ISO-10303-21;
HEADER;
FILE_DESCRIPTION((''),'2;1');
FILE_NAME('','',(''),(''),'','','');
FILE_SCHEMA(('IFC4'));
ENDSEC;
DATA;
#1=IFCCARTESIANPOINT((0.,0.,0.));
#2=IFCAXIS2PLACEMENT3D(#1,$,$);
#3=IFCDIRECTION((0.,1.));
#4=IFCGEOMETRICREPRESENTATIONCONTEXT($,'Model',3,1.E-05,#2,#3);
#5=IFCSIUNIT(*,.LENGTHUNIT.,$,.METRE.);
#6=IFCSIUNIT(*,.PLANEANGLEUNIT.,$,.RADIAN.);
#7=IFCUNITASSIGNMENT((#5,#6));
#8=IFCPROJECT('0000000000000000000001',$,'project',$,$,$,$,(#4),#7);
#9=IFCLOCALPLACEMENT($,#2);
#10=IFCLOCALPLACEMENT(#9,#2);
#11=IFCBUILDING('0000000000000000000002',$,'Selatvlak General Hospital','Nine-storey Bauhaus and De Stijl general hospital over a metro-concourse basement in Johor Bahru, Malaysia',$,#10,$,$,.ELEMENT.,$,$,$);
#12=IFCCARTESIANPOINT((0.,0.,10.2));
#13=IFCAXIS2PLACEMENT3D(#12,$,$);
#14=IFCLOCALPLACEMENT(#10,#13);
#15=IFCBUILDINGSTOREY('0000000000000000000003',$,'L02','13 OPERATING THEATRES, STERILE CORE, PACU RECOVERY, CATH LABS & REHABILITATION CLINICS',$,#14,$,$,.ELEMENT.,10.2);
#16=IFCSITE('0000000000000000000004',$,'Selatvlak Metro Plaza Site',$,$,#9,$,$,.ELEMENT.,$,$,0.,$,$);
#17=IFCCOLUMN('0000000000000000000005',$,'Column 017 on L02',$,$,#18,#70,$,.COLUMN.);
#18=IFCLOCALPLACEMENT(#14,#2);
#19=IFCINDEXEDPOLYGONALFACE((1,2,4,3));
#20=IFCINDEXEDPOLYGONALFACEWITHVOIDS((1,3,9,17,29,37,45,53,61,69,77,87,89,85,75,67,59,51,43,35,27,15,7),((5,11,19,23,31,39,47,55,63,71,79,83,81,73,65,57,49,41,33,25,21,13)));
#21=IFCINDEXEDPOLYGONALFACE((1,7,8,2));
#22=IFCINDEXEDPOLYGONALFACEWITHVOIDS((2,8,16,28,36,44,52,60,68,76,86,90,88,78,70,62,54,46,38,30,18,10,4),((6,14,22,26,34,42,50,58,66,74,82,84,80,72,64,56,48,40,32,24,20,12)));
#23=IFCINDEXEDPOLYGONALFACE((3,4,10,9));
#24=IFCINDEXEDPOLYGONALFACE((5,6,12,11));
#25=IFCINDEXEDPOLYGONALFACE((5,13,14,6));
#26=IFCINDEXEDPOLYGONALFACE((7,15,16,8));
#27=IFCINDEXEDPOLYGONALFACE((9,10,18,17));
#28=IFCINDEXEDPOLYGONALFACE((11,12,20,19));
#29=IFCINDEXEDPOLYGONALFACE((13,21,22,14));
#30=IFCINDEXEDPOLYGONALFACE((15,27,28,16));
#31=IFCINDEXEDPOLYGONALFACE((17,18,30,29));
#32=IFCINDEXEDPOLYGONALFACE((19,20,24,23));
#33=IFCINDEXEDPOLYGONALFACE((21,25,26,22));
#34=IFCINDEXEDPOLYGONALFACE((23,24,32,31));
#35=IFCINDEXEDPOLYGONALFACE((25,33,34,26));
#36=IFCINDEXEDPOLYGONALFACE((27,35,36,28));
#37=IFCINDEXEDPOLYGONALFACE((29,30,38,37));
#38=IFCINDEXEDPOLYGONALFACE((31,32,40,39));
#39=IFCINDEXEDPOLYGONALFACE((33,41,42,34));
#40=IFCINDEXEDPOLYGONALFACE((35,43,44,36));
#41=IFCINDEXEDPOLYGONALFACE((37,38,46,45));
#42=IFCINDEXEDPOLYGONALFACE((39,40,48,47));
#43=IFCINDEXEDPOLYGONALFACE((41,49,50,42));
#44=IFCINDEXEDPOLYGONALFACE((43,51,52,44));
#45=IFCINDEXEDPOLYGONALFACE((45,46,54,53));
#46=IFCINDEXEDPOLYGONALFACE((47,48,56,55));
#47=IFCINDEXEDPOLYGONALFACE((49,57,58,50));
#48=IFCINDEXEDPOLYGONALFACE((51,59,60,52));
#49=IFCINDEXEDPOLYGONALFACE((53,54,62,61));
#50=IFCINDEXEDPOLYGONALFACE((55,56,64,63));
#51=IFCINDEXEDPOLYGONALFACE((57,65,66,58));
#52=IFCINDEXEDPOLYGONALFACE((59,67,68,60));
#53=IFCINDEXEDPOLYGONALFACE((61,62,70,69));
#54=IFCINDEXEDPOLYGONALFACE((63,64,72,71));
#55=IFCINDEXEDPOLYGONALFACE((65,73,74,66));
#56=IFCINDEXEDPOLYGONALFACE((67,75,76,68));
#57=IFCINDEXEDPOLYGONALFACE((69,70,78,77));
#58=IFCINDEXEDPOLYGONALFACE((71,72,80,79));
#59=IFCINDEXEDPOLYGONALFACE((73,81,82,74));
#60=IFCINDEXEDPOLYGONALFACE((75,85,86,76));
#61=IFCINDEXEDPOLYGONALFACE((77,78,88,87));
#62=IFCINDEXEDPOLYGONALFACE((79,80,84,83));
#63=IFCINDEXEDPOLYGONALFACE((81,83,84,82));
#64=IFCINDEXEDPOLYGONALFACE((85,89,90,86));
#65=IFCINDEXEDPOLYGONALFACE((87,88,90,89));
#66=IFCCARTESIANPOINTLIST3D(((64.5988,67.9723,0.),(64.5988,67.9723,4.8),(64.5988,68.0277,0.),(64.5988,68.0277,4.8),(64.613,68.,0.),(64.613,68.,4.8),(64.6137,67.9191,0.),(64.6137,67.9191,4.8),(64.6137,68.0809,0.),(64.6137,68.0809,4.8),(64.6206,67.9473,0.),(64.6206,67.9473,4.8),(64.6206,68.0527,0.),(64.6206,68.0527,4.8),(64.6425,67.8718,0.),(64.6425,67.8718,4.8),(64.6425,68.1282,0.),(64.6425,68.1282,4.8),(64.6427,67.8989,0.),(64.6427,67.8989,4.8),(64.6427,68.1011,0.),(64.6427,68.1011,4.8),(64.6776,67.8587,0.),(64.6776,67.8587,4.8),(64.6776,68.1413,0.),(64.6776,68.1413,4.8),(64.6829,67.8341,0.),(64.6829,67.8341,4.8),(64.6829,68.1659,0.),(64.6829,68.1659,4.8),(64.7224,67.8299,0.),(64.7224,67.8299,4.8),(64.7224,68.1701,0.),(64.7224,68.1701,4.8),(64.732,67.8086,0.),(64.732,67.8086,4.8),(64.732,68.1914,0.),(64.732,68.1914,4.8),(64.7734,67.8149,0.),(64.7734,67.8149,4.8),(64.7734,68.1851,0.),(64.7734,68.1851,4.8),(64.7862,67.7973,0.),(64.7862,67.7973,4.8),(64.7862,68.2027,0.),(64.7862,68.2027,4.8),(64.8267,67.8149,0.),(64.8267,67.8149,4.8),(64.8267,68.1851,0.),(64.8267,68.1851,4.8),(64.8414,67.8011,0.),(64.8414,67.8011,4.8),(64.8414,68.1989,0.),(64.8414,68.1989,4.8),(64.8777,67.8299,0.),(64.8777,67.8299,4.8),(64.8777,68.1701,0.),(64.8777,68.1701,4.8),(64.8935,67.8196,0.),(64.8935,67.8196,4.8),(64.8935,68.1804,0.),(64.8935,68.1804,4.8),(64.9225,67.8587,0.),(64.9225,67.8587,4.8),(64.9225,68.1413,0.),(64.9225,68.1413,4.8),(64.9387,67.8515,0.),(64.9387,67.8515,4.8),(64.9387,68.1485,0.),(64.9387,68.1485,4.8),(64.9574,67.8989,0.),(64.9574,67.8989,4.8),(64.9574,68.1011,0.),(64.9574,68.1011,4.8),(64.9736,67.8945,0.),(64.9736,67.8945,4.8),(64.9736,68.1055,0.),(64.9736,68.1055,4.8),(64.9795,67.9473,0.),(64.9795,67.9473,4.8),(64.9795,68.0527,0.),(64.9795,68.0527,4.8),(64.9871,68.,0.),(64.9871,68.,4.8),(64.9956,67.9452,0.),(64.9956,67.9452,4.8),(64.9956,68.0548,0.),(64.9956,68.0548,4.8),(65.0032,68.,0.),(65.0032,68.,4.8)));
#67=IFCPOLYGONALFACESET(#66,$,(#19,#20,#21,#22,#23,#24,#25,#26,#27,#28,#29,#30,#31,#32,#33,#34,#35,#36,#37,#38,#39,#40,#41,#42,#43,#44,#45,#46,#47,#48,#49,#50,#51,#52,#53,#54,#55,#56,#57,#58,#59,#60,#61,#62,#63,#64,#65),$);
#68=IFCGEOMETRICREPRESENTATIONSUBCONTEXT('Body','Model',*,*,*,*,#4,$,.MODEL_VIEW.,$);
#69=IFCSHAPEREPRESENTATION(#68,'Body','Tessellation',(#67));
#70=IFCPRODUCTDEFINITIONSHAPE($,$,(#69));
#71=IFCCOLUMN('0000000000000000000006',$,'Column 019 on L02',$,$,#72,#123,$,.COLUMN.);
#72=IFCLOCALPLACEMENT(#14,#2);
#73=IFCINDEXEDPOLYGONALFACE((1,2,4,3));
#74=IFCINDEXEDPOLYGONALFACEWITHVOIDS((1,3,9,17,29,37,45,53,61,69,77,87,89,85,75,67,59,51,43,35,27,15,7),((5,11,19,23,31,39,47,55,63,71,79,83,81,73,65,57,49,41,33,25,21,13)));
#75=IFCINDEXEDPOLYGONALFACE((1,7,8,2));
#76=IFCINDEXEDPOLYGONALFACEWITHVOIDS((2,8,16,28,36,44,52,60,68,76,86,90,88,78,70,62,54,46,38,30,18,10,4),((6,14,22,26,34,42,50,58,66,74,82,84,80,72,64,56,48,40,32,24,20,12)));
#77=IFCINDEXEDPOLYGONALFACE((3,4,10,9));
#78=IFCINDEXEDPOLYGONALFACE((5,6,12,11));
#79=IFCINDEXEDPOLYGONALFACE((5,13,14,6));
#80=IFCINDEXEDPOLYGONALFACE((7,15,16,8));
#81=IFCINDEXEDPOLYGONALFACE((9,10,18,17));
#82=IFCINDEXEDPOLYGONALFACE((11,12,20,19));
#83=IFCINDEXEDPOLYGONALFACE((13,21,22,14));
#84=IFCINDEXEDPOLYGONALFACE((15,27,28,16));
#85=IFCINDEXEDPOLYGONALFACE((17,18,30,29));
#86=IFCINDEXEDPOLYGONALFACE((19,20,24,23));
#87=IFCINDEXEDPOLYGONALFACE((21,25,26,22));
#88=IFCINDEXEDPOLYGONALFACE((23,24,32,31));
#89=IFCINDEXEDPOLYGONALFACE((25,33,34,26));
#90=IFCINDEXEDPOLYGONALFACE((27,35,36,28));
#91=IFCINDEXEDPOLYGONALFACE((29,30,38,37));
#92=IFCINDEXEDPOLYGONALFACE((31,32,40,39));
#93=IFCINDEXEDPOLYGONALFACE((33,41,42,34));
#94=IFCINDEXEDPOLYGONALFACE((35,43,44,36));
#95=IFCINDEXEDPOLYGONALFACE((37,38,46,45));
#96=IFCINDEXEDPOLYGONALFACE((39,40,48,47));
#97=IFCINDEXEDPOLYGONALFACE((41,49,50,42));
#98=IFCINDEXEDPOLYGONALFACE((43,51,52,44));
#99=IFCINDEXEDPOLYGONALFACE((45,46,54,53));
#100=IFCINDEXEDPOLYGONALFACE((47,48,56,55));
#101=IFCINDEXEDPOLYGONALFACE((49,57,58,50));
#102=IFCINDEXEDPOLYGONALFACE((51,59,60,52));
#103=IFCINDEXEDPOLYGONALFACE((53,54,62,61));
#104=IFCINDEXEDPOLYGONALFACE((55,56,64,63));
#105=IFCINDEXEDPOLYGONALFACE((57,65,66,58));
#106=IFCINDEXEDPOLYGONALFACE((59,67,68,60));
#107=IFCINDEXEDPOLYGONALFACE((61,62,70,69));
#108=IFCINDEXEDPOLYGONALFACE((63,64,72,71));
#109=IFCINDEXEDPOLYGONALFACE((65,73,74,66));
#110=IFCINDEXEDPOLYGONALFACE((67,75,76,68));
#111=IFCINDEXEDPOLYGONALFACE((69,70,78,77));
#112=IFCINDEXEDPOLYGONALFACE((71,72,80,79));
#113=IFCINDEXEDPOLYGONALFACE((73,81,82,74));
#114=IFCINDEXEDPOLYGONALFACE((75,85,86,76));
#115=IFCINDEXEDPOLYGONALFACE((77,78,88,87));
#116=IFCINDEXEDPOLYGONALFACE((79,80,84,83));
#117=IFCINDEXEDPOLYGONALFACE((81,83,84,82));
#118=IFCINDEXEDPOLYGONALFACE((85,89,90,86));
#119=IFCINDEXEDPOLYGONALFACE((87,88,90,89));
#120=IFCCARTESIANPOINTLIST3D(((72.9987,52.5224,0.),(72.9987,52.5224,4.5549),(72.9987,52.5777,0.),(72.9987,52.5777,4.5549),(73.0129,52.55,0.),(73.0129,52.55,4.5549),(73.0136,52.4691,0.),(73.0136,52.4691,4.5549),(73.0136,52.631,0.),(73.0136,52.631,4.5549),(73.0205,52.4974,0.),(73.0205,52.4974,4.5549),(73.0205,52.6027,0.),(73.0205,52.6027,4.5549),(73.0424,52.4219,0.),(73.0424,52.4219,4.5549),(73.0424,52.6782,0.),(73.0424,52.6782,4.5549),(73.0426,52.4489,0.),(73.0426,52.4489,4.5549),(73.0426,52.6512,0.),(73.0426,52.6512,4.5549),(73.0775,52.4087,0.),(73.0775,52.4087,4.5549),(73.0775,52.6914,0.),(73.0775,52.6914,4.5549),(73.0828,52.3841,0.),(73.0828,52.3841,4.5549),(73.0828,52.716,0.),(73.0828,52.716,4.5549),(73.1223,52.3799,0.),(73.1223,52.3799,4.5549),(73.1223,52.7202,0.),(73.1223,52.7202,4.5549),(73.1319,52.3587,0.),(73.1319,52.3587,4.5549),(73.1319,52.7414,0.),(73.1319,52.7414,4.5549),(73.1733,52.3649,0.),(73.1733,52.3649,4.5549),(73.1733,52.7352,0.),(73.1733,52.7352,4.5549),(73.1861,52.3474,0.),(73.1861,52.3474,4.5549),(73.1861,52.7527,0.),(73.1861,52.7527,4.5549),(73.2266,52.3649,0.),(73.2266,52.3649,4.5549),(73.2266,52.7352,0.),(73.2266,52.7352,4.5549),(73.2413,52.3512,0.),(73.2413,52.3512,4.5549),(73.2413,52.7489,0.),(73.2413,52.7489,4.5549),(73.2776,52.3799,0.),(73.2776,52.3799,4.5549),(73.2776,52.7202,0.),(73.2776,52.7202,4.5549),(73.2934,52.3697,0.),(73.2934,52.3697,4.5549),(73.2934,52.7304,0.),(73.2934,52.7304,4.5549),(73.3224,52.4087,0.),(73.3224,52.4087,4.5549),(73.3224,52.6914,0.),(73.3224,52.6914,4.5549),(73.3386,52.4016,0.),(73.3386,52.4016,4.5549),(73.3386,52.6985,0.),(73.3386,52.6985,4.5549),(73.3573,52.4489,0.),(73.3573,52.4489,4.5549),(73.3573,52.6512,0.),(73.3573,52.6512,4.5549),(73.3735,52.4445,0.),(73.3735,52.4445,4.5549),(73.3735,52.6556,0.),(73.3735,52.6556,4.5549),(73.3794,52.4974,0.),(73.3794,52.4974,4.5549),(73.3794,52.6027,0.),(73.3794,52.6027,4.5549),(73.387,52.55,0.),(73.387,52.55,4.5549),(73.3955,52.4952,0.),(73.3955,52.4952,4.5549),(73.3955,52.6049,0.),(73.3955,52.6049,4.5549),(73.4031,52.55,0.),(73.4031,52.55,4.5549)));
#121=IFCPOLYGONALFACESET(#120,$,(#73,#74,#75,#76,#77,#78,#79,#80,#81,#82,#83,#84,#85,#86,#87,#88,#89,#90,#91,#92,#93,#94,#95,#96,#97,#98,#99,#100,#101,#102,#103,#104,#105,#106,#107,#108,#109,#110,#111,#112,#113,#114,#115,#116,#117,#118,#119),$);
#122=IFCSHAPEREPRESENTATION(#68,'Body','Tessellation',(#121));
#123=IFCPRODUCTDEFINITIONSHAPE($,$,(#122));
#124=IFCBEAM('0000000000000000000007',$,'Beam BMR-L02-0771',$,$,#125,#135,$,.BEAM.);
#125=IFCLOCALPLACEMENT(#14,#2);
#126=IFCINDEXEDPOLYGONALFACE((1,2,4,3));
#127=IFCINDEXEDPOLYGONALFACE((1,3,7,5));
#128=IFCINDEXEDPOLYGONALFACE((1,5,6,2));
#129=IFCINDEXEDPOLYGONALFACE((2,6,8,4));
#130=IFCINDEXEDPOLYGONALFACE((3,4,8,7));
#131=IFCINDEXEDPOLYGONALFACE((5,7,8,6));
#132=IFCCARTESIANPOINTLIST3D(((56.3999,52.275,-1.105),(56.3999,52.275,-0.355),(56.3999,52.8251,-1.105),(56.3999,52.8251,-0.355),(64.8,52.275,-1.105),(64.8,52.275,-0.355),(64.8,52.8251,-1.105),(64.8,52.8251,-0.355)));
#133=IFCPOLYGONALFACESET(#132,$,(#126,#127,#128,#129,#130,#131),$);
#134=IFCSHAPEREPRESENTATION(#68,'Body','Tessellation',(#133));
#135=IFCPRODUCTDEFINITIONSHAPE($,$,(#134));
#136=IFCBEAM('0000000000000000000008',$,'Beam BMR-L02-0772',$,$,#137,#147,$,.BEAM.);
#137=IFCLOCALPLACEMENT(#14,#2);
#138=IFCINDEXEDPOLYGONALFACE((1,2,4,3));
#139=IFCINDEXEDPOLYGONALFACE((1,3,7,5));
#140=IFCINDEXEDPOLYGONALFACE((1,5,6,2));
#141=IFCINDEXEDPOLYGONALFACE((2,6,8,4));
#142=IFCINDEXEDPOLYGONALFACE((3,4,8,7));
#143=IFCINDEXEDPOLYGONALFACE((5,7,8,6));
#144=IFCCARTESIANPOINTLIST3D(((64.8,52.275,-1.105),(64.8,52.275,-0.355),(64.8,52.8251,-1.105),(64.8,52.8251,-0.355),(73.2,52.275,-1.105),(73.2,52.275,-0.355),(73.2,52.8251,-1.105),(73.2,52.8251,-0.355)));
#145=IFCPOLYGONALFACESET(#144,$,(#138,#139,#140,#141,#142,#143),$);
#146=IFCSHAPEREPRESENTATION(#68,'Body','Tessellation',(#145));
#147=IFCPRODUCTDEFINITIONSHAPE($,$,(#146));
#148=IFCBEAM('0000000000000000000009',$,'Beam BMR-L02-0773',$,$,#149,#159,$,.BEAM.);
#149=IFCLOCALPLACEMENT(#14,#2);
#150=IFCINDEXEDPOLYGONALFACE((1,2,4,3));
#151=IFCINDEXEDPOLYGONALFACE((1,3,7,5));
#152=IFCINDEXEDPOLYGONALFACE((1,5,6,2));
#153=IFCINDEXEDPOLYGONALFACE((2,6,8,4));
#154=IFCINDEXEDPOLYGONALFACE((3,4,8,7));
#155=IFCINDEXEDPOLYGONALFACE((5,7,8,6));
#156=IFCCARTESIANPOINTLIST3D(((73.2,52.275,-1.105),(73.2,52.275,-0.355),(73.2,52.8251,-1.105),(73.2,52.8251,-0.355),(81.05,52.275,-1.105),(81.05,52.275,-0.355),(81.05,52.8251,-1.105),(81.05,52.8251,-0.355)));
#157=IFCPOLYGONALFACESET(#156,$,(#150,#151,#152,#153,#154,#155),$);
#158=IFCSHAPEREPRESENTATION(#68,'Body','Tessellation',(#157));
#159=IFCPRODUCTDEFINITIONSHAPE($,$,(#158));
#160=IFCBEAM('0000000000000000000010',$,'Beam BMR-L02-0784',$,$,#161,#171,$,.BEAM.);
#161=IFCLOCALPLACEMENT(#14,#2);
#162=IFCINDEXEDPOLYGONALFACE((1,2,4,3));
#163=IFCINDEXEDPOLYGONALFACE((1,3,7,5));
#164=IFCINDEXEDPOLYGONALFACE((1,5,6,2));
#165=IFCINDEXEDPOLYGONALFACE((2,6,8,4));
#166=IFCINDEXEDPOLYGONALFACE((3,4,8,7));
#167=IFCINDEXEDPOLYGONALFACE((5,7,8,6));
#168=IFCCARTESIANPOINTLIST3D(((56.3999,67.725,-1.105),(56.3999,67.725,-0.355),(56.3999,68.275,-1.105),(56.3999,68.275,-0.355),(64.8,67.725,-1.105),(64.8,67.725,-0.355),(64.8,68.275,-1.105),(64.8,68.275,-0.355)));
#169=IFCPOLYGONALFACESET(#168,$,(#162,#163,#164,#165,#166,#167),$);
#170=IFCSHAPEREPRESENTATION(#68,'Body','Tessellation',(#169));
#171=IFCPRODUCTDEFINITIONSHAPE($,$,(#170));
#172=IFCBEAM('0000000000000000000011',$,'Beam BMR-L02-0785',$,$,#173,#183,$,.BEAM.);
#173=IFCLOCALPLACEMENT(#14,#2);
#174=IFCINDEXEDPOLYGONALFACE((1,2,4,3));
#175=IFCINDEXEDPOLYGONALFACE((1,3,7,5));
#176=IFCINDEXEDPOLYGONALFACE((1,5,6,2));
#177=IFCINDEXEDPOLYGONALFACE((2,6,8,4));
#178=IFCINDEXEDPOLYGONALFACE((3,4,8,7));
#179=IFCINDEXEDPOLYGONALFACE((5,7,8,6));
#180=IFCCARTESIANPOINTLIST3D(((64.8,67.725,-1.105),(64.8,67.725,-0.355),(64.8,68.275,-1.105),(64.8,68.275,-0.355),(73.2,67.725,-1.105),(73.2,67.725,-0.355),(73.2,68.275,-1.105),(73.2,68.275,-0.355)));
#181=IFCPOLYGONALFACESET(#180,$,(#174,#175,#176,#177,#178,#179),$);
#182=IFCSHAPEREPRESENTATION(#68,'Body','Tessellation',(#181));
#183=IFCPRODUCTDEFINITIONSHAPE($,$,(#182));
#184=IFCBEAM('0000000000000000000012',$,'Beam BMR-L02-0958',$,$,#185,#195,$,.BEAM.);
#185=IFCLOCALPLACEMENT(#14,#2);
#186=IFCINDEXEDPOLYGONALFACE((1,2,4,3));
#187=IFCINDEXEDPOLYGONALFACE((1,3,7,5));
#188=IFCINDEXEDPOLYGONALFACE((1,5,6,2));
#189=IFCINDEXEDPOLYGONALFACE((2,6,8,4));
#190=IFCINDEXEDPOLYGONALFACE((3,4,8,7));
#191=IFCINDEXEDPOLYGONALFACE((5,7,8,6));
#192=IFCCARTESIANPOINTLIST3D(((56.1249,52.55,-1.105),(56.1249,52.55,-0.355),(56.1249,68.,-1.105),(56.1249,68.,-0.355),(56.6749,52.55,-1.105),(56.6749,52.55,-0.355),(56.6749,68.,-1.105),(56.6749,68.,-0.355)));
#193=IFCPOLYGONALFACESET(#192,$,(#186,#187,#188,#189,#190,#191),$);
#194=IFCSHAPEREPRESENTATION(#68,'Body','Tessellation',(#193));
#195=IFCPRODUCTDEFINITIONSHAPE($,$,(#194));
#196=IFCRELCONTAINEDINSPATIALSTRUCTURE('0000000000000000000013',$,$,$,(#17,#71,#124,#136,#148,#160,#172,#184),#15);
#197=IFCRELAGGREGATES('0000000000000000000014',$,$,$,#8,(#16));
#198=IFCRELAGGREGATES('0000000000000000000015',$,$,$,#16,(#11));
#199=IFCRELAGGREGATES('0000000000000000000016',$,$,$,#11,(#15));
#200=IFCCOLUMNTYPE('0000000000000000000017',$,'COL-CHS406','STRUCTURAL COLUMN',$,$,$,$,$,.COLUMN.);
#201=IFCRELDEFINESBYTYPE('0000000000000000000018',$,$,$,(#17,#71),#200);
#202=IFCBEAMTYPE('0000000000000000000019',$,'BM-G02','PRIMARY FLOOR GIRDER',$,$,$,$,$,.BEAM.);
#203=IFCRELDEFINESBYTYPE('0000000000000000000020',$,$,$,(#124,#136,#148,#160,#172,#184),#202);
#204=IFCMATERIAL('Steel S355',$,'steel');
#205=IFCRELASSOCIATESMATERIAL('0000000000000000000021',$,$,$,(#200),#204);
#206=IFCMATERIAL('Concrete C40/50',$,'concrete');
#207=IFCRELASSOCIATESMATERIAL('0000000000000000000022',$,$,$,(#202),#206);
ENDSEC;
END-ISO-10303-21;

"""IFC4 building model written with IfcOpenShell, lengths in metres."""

from ifc_helpers import new_model, si_unit, direction, frame, origin, origin_2d, place, context, subcontext, project, spatial, rectangle, hollow_circle, extrude, material, material_profile, profile_set, type_object, element, save


model = new_model("IFC4")

# Units and contexts
model_context = context("Model", 3, precision=1e-05, world=origin(), true_north=direction((0.0, 1.0)))
body_context = subcontext(model_context, "Body", "Model", "MODEL_VIEW")
ifc_project = project(units=[si_unit("LENGTHUNIT", "METRE"), si_unit("PLANEANGLEUNIT", "RADIAN")], contexts=[model_context])

# Site, building, storey
site_placement = place(None, origin())
site = spatial("IfcSite", under=ifc_project, at=site_placement, Name="Selatvlak Metro Plaza Site", CompositionType="ELEMENT", RefElevation=0.0)
building_placement = place(site_placement, origin())
building = spatial("IfcBuilding", under=site, at=building_placement, Name="Selatvlak General Hospital", Description="Nine-storey Bauhaus and De Stijl general hospital over a metro-concourse basement in Johor Bahru, Malaysia", CompositionType="ELEMENT")
storey_placement = place(building_placement, frame((0.0, 0.0, 10.2)))
storey = spatial("IfcBuildingStorey", under=building, at=storey_placement, Name="L02", Description="13 OPERATING THEATRES, STERILE CORE, PACU RECOVERY, CATH LABS & REHABILITATION CLINICS", CompositionType="ELEMENT", Elevation=10.2)

# Columns
ifc_material_1 = material(Name="Steel S355", Category="steel")
ifc_material_profile_1 = material_profile(ifc_material_1, hollow_circle(Radius=0.2031, WallThickness=0.0161, at=origin_2d()), Name="CHS 406.4x16")
ifc_profile_set_1 = profile_set([ifc_material_profile_1], Name="Steel S355")
column_type = type_object("IfcColumnType", Name="COL-CHS406", Description="STRUCTURAL COLUMN", PredefinedType="COLUMN", material=ifc_profile_set_1)
column_1_placement = place(storey_placement, frame((64.8, 68.0, 0.0), z_axis=(0.0, 0.0, 1.0), x_axis=(1.0, 0.0, 0.0)))
element("IfcColumn", 1, at=column_1_placement, inside=storey, type_object=column_type, Name="Column 017 on L02", PredefinedType="COLUMN", context=body_context, shape_type="SweptSolid", body=[
    extrude(hollow_circle(Radius=0.2031, WallThickness=0.0161, at=origin_2d()), origin(), (0.0, 0.0, 1.0), 4.8),
])
column_2_placement = place(storey_placement, frame((73.2, 52.55, 0.0), z_axis=(0.0, 0.0, 1.0), x_axis=(1.0, 0.0, 0.0)))
element("IfcColumn", 2, at=column_2_placement, inside=storey, type_object=column_type, Name="Column 019 on L02", PredefinedType="COLUMN", context=body_context, shape_type="SweptSolid", body=[
    extrude(hollow_circle(Radius=0.2031, WallThickness=0.0161, at=origin_2d()), origin(), (0.0, 0.0, 1.0), 4.5549),
])

# Beams
ifc_material_2 = material(Name="Concrete C40/50", Category="concrete")
ifc_material_profile_2 = material_profile(ifc_material_2, rectangle(XDim=0.55, YDim=0.75, at=origin_2d()), Name="RC-BM 550x750")
ifc_profile_set_2 = profile_set([ifc_material_profile_2], Name="Concrete C40/50")
beam_type = type_object("IfcBeamType", Name="BM-G02", Description="PRIMARY FLOOR GIRDER", PredefinedType="BEAM", material=ifc_profile_set_2)
beam_1_placement = place(storey_placement, frame((56.3999, 52.55, -0.73), z_axis=(1.0, 0.0, 0.0), x_axis=(0.0, 1.0, 0.0)))
element("IfcBeam", 3, at=beam_1_placement, inside=storey, type_object=beam_type, Name="Beam BMR-L02-0771", PredefinedType="BEAM", context=body_context, shape_type="SweptSolid", body=[
    extrude(rectangle(XDim=0.55, YDim=0.75, at=origin_2d()), origin(), (0.0, 0.0, 1.0), 8.4001),
])
beam_2_placement = place(storey_placement, frame((64.8, 52.55, -0.73), z_axis=(1.0, 0.0, 0.0), x_axis=(0.0, 1.0, 0.0)))
element("IfcBeam", 4, at=beam_2_placement, inside=storey, type_object=beam_type, Name="Beam BMR-L02-0772", PredefinedType="BEAM", context=body_context, shape_type="SweptSolid", body=[
    extrude(rectangle(XDim=0.55, YDim=0.75, at=origin_2d()), origin(), (0.0, 0.0, 1.0), 8.3999),
])
beam_3_placement = place(storey_placement, frame((73.2, 52.55, -0.73), z_axis=(1.0, 0.0, 0.0), x_axis=(0.0, 1.0, 0.0)))
element("IfcBeam", 5, at=beam_3_placement, inside=storey, type_object=beam_type, Name="Beam BMR-L02-0773", PredefinedType="BEAM", context=body_context, shape_type="SweptSolid", body=[
    extrude(rectangle(XDim=0.55, YDim=0.75, at=origin_2d()), origin(), (0.0, 0.0, 1.0), 7.8501),
])
beam_4_placement = place(storey_placement, frame((56.3999, 68.0, -0.73), z_axis=(1.0, 0.0, 0.0), x_axis=(0.0, 1.0, 0.0)))
element("IfcBeam", 6, at=beam_4_placement, inside=storey, type_object=beam_type, Name="Beam BMR-L02-0784", PredefinedType="BEAM", context=body_context, shape_type="SweptSolid", body=[
    extrude(rectangle(XDim=0.55, YDim=0.75, at=origin_2d()), origin(), (0.0, 0.0, 1.0), 8.4001),
])
beam_5_placement = place(storey_placement, frame((64.8, 68.0, -0.73), z_axis=(1.0, 0.0, 0.0), x_axis=(0.0, 1.0, 0.0)))
element("IfcBeam", 7, at=beam_5_placement, inside=storey, type_object=beam_type, Name="Beam BMR-L02-0785", PredefinedType="BEAM", context=body_context, shape_type="SweptSolid", body=[
    extrude(rectangle(XDim=0.55, YDim=0.75, at=origin_2d()), origin(), (0.0, 0.0, 1.0), 8.3999),
])
for number, where, z_axis, x_axis, name in (
    (8, (56.3999, 52.55, -0.73), (0.0, 1.0, 0.0), (-1.0, 0.0, 0.0), "Beam BMR-L02-0958"),
):
    element("IfcBeam", number, at=place(storey_placement, frame(where, z_axis=z_axis, x_axis=x_axis)), inside=storey, type_object=beam_type, Name=name, PredefinedType="BEAM", context=body_context, shape_type="SweptSolid", body=[
        extrude(rectangle(XDim=0.55, YDim=0.75, at=origin_2d()), origin(), (0.0, 0.0, 1.0), 15.45),
    ])

save(model, "model.ifc")
